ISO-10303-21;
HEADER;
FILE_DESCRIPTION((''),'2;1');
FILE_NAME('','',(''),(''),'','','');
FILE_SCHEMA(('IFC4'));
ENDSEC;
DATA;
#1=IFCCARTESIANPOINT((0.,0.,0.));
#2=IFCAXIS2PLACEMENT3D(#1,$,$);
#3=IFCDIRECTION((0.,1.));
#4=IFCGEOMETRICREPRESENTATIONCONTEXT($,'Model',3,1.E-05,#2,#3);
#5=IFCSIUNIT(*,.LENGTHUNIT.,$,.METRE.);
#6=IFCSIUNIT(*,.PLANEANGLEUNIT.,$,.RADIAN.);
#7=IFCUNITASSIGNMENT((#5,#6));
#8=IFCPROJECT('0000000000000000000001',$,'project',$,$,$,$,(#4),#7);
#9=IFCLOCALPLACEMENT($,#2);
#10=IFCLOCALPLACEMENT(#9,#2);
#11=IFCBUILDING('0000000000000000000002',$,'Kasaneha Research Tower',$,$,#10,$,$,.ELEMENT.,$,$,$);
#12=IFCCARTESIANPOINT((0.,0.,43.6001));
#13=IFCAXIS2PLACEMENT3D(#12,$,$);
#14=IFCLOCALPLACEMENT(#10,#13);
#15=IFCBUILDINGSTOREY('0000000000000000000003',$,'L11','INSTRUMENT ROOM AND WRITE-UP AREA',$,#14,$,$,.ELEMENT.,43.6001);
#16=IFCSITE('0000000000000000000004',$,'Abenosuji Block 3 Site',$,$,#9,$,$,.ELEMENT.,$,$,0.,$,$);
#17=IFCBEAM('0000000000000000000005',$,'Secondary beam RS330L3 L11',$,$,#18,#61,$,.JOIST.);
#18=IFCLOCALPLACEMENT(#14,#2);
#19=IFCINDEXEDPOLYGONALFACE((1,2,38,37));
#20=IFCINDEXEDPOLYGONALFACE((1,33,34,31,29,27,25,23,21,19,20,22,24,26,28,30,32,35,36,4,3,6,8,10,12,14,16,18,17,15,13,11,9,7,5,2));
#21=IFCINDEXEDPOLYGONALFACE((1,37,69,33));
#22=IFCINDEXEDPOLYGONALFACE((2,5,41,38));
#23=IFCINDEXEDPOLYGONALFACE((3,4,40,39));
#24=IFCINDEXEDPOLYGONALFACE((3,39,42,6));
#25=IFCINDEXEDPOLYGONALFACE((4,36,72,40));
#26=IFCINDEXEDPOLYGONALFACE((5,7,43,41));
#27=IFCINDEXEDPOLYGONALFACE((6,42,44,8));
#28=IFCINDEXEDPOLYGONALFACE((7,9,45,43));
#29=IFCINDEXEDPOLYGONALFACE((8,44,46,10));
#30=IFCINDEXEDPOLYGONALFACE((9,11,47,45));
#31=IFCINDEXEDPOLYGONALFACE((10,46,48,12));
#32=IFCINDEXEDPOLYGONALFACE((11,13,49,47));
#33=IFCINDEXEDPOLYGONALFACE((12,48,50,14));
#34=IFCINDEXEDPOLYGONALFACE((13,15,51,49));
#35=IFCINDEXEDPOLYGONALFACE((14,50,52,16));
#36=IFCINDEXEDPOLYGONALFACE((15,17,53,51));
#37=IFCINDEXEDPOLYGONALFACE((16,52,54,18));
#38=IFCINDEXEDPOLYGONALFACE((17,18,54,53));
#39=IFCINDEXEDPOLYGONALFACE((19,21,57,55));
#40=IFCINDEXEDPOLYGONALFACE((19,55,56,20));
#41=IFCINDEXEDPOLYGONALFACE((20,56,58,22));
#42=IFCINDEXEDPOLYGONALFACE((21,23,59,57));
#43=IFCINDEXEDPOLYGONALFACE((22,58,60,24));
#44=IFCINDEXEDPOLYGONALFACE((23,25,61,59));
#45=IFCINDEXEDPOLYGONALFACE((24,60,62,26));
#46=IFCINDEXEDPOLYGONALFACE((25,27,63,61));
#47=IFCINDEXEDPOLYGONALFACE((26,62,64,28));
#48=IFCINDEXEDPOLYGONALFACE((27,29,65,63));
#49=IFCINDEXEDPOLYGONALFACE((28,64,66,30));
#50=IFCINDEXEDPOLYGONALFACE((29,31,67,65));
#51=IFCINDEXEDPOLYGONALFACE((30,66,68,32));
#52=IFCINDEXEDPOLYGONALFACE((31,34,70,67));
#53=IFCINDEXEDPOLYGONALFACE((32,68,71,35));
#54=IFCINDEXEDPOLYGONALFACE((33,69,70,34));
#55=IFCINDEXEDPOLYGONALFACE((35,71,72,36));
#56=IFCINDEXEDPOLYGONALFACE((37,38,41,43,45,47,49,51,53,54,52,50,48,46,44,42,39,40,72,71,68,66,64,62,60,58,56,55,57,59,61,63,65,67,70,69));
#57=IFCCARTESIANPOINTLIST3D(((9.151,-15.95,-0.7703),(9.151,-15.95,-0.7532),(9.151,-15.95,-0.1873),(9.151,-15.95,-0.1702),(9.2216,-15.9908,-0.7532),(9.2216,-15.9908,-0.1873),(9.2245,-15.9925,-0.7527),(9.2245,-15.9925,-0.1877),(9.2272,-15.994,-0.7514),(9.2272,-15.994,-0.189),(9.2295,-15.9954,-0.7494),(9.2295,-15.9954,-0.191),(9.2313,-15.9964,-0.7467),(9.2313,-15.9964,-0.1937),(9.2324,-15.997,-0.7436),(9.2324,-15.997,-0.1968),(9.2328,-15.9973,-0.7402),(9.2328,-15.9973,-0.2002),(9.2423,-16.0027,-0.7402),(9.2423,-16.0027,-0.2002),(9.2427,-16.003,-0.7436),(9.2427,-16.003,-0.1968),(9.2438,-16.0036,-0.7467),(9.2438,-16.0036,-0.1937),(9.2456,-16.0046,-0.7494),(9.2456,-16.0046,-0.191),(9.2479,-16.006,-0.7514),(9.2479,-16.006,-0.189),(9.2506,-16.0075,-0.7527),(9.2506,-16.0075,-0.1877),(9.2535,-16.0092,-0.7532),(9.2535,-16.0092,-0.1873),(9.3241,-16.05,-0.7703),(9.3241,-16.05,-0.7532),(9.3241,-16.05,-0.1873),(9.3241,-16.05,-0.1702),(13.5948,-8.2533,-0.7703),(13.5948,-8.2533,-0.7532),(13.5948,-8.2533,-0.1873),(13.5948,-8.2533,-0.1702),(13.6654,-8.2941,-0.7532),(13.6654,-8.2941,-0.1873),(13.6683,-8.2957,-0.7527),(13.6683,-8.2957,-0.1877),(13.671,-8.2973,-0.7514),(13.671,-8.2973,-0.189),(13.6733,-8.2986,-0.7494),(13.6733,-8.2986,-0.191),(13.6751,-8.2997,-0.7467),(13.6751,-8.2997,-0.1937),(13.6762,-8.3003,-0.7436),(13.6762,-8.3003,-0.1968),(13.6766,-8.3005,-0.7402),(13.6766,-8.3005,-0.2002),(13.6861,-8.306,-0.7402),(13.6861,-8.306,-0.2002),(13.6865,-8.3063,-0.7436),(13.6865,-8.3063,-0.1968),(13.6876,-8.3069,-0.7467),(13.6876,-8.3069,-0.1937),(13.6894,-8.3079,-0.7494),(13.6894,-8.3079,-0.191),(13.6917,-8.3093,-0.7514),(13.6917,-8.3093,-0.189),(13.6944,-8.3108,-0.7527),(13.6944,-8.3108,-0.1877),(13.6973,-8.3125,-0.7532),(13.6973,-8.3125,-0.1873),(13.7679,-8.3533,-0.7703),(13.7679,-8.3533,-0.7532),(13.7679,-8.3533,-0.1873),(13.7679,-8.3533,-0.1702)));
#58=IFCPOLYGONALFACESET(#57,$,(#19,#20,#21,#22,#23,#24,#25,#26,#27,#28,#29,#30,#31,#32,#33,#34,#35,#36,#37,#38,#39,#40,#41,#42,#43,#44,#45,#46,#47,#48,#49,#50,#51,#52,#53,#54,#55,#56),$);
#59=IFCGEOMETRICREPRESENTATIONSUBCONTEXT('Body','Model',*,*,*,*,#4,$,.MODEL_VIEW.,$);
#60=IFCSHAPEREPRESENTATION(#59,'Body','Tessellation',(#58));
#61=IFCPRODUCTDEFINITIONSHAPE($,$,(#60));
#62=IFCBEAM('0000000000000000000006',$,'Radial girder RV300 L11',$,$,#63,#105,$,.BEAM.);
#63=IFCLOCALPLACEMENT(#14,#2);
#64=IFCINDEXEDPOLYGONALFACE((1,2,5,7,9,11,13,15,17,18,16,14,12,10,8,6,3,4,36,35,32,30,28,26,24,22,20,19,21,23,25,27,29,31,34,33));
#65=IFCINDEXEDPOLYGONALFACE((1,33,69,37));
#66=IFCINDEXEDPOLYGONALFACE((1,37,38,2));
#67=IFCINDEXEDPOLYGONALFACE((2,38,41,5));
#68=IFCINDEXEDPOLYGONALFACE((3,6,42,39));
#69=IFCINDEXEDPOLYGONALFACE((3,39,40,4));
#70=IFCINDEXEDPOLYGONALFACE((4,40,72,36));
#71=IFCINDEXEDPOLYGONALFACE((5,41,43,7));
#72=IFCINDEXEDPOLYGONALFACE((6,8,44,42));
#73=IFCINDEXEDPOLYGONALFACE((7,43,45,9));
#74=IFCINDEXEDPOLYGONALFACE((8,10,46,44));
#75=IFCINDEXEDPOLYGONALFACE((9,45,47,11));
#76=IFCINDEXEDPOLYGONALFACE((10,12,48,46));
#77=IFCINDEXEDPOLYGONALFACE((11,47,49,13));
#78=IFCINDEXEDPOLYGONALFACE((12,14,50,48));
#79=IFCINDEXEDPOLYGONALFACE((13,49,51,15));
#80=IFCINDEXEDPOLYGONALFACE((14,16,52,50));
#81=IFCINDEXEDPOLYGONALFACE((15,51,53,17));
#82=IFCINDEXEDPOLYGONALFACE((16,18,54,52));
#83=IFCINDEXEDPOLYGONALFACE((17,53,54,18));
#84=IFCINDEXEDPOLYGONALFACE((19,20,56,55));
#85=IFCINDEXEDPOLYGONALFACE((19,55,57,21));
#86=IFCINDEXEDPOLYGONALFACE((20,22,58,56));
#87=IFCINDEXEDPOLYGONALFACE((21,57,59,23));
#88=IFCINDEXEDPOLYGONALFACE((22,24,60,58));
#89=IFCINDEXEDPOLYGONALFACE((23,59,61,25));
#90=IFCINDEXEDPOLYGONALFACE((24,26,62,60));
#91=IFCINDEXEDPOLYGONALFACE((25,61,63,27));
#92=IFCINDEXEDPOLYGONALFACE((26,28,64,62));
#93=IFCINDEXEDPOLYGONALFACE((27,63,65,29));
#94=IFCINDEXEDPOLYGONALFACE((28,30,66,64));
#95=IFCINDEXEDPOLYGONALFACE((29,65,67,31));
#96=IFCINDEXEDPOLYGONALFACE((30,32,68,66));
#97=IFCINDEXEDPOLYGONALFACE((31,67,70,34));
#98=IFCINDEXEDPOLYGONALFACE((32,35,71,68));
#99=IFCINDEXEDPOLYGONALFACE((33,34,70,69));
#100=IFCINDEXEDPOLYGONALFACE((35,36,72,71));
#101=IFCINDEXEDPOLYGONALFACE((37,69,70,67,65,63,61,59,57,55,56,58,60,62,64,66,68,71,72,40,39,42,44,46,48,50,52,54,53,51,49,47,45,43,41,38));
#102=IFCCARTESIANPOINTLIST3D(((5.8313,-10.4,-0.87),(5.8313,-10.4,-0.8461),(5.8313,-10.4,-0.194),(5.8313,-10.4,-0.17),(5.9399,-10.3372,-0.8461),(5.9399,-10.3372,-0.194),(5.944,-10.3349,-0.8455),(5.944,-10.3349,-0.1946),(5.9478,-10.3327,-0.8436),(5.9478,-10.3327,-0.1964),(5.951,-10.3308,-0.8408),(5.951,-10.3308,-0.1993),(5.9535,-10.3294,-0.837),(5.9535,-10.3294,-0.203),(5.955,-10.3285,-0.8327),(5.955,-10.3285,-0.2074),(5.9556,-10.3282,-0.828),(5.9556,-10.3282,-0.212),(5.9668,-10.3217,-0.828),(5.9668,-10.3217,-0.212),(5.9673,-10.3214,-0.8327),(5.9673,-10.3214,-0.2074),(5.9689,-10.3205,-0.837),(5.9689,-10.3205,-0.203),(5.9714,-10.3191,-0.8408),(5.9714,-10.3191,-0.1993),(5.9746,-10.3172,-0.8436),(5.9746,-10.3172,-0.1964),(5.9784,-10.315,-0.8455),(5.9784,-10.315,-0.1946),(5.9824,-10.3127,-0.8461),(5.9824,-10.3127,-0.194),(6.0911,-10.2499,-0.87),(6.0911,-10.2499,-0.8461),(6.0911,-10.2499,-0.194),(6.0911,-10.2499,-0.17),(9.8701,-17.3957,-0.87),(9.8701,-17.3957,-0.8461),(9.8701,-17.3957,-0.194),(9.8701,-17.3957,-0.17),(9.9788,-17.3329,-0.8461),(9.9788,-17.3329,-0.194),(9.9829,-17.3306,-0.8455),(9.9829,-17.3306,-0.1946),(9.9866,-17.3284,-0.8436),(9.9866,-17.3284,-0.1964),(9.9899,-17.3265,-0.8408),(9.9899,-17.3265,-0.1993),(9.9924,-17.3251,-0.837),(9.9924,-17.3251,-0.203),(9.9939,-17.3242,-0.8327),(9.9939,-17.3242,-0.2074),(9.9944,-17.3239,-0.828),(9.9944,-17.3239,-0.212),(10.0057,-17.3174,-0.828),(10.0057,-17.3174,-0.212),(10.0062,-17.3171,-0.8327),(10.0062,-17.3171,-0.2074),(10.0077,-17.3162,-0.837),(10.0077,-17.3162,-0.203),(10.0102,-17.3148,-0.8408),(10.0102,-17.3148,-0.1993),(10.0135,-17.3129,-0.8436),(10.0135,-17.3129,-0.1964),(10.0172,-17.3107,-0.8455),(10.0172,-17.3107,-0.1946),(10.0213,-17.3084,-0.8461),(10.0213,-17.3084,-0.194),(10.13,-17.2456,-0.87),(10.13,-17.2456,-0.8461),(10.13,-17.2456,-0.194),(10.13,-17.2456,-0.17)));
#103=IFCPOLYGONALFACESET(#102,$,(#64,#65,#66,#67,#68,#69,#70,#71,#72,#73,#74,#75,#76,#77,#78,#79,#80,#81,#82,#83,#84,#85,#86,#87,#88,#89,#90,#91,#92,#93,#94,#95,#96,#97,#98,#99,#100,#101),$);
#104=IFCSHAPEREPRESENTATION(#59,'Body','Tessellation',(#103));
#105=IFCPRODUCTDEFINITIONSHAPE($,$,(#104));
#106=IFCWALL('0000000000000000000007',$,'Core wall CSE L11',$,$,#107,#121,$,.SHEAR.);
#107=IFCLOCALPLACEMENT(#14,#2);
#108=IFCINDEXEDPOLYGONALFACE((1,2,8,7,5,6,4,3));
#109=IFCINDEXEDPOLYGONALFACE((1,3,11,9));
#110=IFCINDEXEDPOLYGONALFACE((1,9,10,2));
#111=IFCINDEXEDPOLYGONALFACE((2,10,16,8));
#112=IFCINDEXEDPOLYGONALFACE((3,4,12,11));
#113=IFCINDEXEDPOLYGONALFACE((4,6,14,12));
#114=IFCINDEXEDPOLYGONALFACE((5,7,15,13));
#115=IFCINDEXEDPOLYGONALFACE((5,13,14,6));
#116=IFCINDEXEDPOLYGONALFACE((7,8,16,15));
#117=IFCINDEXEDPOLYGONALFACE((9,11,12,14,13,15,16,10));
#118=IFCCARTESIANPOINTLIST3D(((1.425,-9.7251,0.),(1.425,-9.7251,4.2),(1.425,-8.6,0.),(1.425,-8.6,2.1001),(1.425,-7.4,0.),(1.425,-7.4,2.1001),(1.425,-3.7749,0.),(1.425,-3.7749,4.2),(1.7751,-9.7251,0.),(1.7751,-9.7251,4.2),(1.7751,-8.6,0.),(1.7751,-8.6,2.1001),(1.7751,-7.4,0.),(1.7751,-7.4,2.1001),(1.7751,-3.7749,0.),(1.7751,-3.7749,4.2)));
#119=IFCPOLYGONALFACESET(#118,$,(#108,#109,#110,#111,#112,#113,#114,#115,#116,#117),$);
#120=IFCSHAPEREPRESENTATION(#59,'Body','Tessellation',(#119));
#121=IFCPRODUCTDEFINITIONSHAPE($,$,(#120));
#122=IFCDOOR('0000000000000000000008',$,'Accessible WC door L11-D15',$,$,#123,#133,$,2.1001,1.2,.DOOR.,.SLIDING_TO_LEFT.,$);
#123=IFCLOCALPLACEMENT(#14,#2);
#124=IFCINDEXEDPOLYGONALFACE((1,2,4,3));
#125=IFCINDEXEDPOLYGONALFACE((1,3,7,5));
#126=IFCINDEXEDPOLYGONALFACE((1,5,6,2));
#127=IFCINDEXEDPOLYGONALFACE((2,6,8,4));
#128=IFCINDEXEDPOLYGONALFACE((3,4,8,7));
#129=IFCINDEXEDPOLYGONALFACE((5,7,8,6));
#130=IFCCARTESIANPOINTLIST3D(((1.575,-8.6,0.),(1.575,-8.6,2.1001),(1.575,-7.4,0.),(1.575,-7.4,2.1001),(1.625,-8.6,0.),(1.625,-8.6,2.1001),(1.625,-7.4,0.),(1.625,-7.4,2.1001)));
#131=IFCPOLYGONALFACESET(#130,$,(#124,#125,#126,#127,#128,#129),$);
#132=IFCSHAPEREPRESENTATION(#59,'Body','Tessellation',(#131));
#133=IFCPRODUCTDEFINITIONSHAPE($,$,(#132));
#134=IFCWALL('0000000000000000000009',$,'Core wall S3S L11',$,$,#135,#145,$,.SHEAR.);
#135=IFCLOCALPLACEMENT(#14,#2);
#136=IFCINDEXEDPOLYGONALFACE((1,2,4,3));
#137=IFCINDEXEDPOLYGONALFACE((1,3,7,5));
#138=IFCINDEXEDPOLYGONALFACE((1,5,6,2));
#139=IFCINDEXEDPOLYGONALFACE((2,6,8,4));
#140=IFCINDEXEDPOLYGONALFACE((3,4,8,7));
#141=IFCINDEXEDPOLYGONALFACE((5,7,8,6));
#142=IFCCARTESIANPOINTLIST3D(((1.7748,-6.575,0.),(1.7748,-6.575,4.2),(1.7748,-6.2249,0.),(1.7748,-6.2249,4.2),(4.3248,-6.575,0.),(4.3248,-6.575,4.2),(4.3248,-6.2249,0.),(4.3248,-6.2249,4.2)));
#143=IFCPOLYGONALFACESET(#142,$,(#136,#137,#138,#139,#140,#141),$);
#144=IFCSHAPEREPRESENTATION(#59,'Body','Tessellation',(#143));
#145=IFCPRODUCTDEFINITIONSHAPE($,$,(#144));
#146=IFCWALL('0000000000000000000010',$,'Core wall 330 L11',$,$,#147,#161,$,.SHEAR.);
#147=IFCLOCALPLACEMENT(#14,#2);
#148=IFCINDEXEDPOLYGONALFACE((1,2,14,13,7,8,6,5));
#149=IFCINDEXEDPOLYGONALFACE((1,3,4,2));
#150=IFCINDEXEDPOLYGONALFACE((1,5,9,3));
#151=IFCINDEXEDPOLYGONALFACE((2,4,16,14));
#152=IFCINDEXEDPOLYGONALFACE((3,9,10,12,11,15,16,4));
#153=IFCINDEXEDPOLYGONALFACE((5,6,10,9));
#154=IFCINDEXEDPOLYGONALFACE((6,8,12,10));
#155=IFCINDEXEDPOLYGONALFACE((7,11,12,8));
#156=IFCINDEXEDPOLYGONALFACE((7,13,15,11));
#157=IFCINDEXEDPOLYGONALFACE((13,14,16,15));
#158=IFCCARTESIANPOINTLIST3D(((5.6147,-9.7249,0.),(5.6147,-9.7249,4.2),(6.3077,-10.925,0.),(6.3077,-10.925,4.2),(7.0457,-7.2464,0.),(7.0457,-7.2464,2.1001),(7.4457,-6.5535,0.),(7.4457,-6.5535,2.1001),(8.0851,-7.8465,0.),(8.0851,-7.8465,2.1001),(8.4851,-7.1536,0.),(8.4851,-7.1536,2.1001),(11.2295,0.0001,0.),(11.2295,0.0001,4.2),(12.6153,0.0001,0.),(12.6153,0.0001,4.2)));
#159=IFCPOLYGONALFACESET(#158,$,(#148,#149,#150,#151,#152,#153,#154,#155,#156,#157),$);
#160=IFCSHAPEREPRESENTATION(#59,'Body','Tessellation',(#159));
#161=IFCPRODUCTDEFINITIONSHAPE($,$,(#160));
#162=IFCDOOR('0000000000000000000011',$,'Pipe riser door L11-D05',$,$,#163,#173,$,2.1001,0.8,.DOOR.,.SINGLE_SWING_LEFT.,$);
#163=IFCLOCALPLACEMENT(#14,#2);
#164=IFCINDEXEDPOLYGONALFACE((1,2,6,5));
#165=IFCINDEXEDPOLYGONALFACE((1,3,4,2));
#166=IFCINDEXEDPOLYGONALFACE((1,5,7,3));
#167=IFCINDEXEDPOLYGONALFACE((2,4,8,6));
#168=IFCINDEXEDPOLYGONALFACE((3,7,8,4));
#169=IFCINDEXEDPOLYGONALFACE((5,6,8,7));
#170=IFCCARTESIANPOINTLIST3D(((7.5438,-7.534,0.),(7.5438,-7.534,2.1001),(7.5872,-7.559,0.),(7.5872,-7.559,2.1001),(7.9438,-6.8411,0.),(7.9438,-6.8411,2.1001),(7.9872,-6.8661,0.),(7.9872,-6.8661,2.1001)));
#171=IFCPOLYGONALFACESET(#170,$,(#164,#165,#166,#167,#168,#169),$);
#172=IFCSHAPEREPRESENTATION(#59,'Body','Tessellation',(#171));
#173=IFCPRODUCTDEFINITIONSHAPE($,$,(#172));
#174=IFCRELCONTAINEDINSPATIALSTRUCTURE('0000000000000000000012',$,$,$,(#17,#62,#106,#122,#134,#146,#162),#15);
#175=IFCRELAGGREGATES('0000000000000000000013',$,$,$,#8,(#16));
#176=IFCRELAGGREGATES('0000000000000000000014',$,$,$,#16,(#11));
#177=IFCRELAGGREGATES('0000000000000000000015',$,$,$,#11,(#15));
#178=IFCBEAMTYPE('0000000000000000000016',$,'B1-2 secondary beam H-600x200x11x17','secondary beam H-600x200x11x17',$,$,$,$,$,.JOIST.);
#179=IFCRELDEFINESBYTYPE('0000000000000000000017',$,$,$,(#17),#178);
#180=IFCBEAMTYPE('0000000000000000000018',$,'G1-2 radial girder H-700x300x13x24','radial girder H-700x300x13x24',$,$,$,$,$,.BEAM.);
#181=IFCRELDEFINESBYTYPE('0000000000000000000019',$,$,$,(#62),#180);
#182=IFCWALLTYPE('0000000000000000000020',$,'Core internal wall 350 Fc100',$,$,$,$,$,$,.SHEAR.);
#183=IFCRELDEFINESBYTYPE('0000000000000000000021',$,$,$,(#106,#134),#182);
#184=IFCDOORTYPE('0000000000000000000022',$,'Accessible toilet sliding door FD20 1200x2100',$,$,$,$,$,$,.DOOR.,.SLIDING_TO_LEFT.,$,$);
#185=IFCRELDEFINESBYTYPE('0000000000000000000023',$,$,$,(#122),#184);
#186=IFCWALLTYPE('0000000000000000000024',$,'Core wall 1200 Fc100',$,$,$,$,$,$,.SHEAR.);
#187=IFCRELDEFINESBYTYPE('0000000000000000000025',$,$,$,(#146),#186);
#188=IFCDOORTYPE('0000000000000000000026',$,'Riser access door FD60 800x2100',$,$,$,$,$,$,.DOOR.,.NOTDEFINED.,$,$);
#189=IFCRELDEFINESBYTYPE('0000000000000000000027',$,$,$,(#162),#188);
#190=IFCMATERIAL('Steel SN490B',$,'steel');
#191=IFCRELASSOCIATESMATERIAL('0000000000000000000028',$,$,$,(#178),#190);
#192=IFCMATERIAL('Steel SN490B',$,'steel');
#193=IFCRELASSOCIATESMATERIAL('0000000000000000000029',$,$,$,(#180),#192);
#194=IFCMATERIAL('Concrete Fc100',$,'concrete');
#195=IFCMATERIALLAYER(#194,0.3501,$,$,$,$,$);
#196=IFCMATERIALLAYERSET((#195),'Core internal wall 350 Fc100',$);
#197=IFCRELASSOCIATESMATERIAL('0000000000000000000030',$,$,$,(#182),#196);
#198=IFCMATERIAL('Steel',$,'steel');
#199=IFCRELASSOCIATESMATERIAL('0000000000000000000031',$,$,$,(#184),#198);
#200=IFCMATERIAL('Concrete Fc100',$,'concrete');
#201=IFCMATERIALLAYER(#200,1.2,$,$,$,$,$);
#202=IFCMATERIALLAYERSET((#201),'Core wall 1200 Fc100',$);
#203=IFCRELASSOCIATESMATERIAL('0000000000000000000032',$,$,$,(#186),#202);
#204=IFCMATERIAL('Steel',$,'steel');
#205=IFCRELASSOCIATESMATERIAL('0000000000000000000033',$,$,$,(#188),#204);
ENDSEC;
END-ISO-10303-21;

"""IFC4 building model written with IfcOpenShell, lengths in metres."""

from ifc_helpers import new_model, si_unit, direction, frame, frame_2d, origin, origin_2d, place, context, subcontext, project, spatial, polyline, rectangle, i_section, outline, extrude, material, layer, layer_set, material_profile, profile_set, type_object, element, fill, save


model = new_model("IFC4")

# Units and contexts
model_context = context("Model", 3, precision=1e-05, world=origin(), true_north=direction((0.0, 1.0)))
body_context = subcontext(model_context, "Body", "Model", "MODEL_VIEW")
ifc_project = project(units=[si_unit("LENGTHUNIT", "METRE"), si_unit("PLANEANGLEUNIT", "RADIAN")], contexts=[model_context])

# Site, building, storey
site_placement = place(None, origin())
site = spatial("IfcSite", under=ifc_project, at=site_placement, Name="Abenosuji Block 3 Site", CompositionType="ELEMENT", RefElevation=0.0)
building_placement = place(site_placement, origin())
building = spatial("IfcBuilding", under=site, at=building_placement, Name="Kasaneha Research Tower", CompositionType="ELEMENT")
storey_placement = place(building_placement, frame((0.0, 0.0, 43.6001)))
storey = spatial("IfcBuildingStorey", under=building, at=storey_placement, Name="L11", Description="INSTRUMENT ROOM AND WRITE-UP AREA", CompositionType="ELEMENT", Elevation=43.6001)

# Beams
ifc_material_1 = material(Name="Steel SN490B", Category="steel")
ifc_material_profile_1 = material_profile(ifc_material_1, i_section(OverallWidth=0.2, OverallDepth=0.6001, WebThickness=0.011, FlangeThickness=0.0171, FilletRadius=0.0129, at=origin_2d()), Name="H-600x200x11x17")
ifc_profile_set_1 = profile_set([ifc_material_profile_1], Name="Steel SN490B")
beam_type_1 = type_object("IfcBeamType", Name="B1-2 secondary beam H-600x200x11x17", Description="secondary beam H-600x200x11x17", PredefinedType="JOIST", material=ifc_profile_set_1)
beam_1_placement = place(storey_placement, frame((9.2375, -16.0, -0.4702), z_axis=(0.500009, 0.86602, 0.0), x_axis=(-0.86602, 0.500009, 0.0)))
element("IfcBeam", 1, at=beam_1_placement, inside=storey, type_object=beam_type_1, Name="Secondary beam RS330L3 L11", PredefinedType="JOIST", context=body_context, shape_type="SweptSolid", body=[
    extrude(i_section(OverallWidth=0.2, OverallDepth=0.6001, WebThickness=0.011, FlangeThickness=0.0171, FilletRadius=0.0129, at=origin_2d()), origin(), (0.0, 0.0, 1.0), 8.8875),
])
ifc_material_2 = material(Name="Steel SN490B", Category="steel")
ifc_material_profile_2 = material_profile(ifc_material_2, i_section(OverallWidth=0.3, OverallDepth=0.7, WebThickness=0.0129, FlangeThickness=0.0239, FilletRadius=0.0181, at=origin_2d()), Name="H-700x300x13x24")
ifc_profile_set_2 = profile_set([ifc_material_profile_2], Name="Steel SN490B")
beam_type_2 = type_object("IfcBeamType", Name="G1-2 radial girder H-700x300x13x24", Description="radial girder H-700x300x13x24", PredefinedType="BEAM", material=ifc_profile_set_2)
beam_2_placement = place(storey_placement, frame((5.9612, -10.325, -0.52), z_axis=(0.499991, -0.866031, 0.0), x_axis=(0.866031, 0.499991, 0.0)))
element("IfcBeam", 2, at=beam_2_placement, inside=storey, type_object=beam_type_2, Name="Radial girder RV300 L11", PredefinedType="BEAM", context=body_context, shape_type="SweptSolid", body=[
    extrude(i_section(OverallWidth=0.3, OverallDepth=0.7, WebThickness=0.0129, FlangeThickness=0.0239, FilletRadius=0.0181, at=origin_2d()), origin(), (0.0, 0.0, 1.0), 8.0779),
])

# Wall, opening, door
ifc_material_3 = material(Name="Concrete Fc100", Category="concrete")
ifc_layer_1 = layer(ifc_material_3, 0.3501)
ifc_layer_set_1 = layer_set([ifc_layer_1], Name="Core internal wall 350 Fc100")
wall_type_1 = type_object("IfcWallType", Name="Core internal wall 350 Fc100", PredefinedType="SHEAR", material=ifc_layer_set_1)
wall_1_placement = place(storey_placement, frame((1.6001, -3.7749, 0.0), z_axis=(0.0, 0.0, 1.0), x_axis=(0.0, -1.0, 0.0)))
wall_1 = element("IfcWall", 3, at=wall_1_placement, inside=storey, type_object=wall_type_1, Name="Core wall CSE L11", PredefinedType="SHEAR", context=body_context, shape_type="SweptSolid", body=[
    extrude(rectangle(XDim=5.9502, YDim=0.3501, at=frame_2d((2.9751, 0.0))), origin(), (0.0, 0.0, 1.0), 4.2),
])
opening_1_placement = place(wall_1_placement, frame((3.625, 0.0, 0.0)))
opening_1 = element("IfcOpeningElement", 4, at=opening_1_placement, cuts=wall_1, PredefinedType="OPENING", context=body_context, shape_type="SweptSolid", body=[
    extrude(rectangle(XDim=1.2, YDim=2.1001, at=frame_2d((0.6001, 1.05))), frame((0.0, 0.1851, 0.0), z_axis=(0.0, -1.0, 0.0), x_axis=(1.0, 0.0, 0.0)), (0.0, 0.0, 1.0), 0.3701),
])
ifc_material_4 = material(Name="Steel", Category="steel")
door_type_1 = type_object("IfcDoorType", Name="Accessible toilet sliding door FD20 1200x2100", OperationType="SLIDING_TO_LEFT", PredefinedType="DOOR", material=ifc_material_4)
door_1_placement = place(opening_1_placement, origin())
door_1 = element("IfcDoor", 5, at=door_1_placement, inside=storey, type_object=door_type_1, Name="Accessible WC door L11-D15", OperationType="SLIDING_TO_LEFT", OverallHeight=2.1001, OverallWidth=1.2, PredefinedType="DOOR", context=body_context, shape_type="SweptSolid", body=[
    extrude(rectangle(XDim=1.2, YDim=2.1001, at=frame_2d((0.6001, 1.05))), frame((0.0, 0.0249, 0.0), z_axis=(0.0, -1.0, 0.0), x_axis=(1.0, 0.0, 0.0)), (0.0, 0.0, 1.0), 0.05),
])
fill(opening_1, door_1)

# Wall
wall_2_placement = place(storey_placement, frame((1.7749, -6.3999, 0.0), z_axis=(0.0, 0.0, 1.0), x_axis=(1.0, 0.0, 0.0)))
element("IfcWall", 6, at=wall_2_placement, inside=storey, type_object=wall_type_1, Name="Core wall S3S L11", PredefinedType="SHEAR", context=body_context, shape_type="SweptSolid", body=[
    extrude(rectangle(XDim=2.55, YDim=0.3501, at=frame_2d((1.2749, 0.0))), origin(), (0.0, 0.0, 1.0), 4.2),
])

# Wall, opening, door
ifc_material_5 = material(Name="Concrete Fc100", Category="concrete")
ifc_layer_2 = layer(ifc_material_5, 1.2)
ifc_layer_set_2 = layer_set([ifc_layer_2], Name="Core wall 1200 Fc100")
wall_type_2 = type_object("IfcWallType", Name="Core wall 1200 Fc100", PredefinedType="SHEAR", material=ifc_layer_set_2)
wall_3_placement = place(storey_placement, frame((5.9612, -10.325, 0.0), z_axis=(0.0, 0.0, 1.0), x_axis=(0.500004, 0.866023, 0.0)))
wall_3 = element("IfcWall", 7, at=wall_3_placement, inside=storey, type_object=wall_type_2, Name="Core wall 330 L11", PredefinedType="SHEAR", context=body_context, shape_type="SweptSolid", body=[
    extrude(outline(polyline([(-0.3464, -0.6001), (3.2085, -0.6001), (4.0085, -0.6001), (12.2688, -0.6001), (11.5759, 0.6001), (4.0085, 0.6001), (3.2085, 0.6001), (0.3464, 0.6001), (-0.3464, -0.6001)])), origin(), (0.0, 0.0, 1.0), 4.2),
])
opening_2_placement = place(wall_3_placement, frame((3.2085, 0.0, 0.0)))
opening_2 = element("IfcOpeningElement", 8, at=opening_2_placement, cuts=wall_3, PredefinedType="OPENING", context=body_context, shape_type="SweptSolid", body=[
    extrude(rectangle(XDim=0.8, YDim=2.1001, at=frame_2d((0.3999, 1.05))), frame((0.0, 0.6099, 0.0), z_axis=(0.0, -1.0, 0.0), x_axis=(1.0, 0.0, 0.0)), (0.0, 0.0, 1.0), 1.22),
])
ifc_material_6 = material(Name="Steel", Category="steel")
door_type_2 = type_object("IfcDoorType", Name="Riser access door FD60 800x2100", OperationType="NOTDEFINED", PredefinedType="DOOR", material=ifc_material_6)
door_2_placement = place(opening_2_placement, origin())
door_2 = element("IfcDoor", 9, at=door_2_placement, inside=storey, type_object=door_type_2, Name="Pipe riser door L11-D05", OperationType="SINGLE_SWING_LEFT", OverallHeight=2.1001, OverallWidth=0.8, PredefinedType="DOOR", context=body_context, shape_type="SweptSolid", body=[
    extrude(rectangle(XDim=0.8, YDim=2.1001, at=frame_2d((0.3999, 1.05))), frame((0.0, 0.0249, 0.0), z_axis=(0.0, -1.0, 0.0), x_axis=(1.0, 0.0, 0.0)), (0.0, 0.0, 1.0), 0.05),
])
fill(opening_2, door_2)

save(model, "model.ifc")
